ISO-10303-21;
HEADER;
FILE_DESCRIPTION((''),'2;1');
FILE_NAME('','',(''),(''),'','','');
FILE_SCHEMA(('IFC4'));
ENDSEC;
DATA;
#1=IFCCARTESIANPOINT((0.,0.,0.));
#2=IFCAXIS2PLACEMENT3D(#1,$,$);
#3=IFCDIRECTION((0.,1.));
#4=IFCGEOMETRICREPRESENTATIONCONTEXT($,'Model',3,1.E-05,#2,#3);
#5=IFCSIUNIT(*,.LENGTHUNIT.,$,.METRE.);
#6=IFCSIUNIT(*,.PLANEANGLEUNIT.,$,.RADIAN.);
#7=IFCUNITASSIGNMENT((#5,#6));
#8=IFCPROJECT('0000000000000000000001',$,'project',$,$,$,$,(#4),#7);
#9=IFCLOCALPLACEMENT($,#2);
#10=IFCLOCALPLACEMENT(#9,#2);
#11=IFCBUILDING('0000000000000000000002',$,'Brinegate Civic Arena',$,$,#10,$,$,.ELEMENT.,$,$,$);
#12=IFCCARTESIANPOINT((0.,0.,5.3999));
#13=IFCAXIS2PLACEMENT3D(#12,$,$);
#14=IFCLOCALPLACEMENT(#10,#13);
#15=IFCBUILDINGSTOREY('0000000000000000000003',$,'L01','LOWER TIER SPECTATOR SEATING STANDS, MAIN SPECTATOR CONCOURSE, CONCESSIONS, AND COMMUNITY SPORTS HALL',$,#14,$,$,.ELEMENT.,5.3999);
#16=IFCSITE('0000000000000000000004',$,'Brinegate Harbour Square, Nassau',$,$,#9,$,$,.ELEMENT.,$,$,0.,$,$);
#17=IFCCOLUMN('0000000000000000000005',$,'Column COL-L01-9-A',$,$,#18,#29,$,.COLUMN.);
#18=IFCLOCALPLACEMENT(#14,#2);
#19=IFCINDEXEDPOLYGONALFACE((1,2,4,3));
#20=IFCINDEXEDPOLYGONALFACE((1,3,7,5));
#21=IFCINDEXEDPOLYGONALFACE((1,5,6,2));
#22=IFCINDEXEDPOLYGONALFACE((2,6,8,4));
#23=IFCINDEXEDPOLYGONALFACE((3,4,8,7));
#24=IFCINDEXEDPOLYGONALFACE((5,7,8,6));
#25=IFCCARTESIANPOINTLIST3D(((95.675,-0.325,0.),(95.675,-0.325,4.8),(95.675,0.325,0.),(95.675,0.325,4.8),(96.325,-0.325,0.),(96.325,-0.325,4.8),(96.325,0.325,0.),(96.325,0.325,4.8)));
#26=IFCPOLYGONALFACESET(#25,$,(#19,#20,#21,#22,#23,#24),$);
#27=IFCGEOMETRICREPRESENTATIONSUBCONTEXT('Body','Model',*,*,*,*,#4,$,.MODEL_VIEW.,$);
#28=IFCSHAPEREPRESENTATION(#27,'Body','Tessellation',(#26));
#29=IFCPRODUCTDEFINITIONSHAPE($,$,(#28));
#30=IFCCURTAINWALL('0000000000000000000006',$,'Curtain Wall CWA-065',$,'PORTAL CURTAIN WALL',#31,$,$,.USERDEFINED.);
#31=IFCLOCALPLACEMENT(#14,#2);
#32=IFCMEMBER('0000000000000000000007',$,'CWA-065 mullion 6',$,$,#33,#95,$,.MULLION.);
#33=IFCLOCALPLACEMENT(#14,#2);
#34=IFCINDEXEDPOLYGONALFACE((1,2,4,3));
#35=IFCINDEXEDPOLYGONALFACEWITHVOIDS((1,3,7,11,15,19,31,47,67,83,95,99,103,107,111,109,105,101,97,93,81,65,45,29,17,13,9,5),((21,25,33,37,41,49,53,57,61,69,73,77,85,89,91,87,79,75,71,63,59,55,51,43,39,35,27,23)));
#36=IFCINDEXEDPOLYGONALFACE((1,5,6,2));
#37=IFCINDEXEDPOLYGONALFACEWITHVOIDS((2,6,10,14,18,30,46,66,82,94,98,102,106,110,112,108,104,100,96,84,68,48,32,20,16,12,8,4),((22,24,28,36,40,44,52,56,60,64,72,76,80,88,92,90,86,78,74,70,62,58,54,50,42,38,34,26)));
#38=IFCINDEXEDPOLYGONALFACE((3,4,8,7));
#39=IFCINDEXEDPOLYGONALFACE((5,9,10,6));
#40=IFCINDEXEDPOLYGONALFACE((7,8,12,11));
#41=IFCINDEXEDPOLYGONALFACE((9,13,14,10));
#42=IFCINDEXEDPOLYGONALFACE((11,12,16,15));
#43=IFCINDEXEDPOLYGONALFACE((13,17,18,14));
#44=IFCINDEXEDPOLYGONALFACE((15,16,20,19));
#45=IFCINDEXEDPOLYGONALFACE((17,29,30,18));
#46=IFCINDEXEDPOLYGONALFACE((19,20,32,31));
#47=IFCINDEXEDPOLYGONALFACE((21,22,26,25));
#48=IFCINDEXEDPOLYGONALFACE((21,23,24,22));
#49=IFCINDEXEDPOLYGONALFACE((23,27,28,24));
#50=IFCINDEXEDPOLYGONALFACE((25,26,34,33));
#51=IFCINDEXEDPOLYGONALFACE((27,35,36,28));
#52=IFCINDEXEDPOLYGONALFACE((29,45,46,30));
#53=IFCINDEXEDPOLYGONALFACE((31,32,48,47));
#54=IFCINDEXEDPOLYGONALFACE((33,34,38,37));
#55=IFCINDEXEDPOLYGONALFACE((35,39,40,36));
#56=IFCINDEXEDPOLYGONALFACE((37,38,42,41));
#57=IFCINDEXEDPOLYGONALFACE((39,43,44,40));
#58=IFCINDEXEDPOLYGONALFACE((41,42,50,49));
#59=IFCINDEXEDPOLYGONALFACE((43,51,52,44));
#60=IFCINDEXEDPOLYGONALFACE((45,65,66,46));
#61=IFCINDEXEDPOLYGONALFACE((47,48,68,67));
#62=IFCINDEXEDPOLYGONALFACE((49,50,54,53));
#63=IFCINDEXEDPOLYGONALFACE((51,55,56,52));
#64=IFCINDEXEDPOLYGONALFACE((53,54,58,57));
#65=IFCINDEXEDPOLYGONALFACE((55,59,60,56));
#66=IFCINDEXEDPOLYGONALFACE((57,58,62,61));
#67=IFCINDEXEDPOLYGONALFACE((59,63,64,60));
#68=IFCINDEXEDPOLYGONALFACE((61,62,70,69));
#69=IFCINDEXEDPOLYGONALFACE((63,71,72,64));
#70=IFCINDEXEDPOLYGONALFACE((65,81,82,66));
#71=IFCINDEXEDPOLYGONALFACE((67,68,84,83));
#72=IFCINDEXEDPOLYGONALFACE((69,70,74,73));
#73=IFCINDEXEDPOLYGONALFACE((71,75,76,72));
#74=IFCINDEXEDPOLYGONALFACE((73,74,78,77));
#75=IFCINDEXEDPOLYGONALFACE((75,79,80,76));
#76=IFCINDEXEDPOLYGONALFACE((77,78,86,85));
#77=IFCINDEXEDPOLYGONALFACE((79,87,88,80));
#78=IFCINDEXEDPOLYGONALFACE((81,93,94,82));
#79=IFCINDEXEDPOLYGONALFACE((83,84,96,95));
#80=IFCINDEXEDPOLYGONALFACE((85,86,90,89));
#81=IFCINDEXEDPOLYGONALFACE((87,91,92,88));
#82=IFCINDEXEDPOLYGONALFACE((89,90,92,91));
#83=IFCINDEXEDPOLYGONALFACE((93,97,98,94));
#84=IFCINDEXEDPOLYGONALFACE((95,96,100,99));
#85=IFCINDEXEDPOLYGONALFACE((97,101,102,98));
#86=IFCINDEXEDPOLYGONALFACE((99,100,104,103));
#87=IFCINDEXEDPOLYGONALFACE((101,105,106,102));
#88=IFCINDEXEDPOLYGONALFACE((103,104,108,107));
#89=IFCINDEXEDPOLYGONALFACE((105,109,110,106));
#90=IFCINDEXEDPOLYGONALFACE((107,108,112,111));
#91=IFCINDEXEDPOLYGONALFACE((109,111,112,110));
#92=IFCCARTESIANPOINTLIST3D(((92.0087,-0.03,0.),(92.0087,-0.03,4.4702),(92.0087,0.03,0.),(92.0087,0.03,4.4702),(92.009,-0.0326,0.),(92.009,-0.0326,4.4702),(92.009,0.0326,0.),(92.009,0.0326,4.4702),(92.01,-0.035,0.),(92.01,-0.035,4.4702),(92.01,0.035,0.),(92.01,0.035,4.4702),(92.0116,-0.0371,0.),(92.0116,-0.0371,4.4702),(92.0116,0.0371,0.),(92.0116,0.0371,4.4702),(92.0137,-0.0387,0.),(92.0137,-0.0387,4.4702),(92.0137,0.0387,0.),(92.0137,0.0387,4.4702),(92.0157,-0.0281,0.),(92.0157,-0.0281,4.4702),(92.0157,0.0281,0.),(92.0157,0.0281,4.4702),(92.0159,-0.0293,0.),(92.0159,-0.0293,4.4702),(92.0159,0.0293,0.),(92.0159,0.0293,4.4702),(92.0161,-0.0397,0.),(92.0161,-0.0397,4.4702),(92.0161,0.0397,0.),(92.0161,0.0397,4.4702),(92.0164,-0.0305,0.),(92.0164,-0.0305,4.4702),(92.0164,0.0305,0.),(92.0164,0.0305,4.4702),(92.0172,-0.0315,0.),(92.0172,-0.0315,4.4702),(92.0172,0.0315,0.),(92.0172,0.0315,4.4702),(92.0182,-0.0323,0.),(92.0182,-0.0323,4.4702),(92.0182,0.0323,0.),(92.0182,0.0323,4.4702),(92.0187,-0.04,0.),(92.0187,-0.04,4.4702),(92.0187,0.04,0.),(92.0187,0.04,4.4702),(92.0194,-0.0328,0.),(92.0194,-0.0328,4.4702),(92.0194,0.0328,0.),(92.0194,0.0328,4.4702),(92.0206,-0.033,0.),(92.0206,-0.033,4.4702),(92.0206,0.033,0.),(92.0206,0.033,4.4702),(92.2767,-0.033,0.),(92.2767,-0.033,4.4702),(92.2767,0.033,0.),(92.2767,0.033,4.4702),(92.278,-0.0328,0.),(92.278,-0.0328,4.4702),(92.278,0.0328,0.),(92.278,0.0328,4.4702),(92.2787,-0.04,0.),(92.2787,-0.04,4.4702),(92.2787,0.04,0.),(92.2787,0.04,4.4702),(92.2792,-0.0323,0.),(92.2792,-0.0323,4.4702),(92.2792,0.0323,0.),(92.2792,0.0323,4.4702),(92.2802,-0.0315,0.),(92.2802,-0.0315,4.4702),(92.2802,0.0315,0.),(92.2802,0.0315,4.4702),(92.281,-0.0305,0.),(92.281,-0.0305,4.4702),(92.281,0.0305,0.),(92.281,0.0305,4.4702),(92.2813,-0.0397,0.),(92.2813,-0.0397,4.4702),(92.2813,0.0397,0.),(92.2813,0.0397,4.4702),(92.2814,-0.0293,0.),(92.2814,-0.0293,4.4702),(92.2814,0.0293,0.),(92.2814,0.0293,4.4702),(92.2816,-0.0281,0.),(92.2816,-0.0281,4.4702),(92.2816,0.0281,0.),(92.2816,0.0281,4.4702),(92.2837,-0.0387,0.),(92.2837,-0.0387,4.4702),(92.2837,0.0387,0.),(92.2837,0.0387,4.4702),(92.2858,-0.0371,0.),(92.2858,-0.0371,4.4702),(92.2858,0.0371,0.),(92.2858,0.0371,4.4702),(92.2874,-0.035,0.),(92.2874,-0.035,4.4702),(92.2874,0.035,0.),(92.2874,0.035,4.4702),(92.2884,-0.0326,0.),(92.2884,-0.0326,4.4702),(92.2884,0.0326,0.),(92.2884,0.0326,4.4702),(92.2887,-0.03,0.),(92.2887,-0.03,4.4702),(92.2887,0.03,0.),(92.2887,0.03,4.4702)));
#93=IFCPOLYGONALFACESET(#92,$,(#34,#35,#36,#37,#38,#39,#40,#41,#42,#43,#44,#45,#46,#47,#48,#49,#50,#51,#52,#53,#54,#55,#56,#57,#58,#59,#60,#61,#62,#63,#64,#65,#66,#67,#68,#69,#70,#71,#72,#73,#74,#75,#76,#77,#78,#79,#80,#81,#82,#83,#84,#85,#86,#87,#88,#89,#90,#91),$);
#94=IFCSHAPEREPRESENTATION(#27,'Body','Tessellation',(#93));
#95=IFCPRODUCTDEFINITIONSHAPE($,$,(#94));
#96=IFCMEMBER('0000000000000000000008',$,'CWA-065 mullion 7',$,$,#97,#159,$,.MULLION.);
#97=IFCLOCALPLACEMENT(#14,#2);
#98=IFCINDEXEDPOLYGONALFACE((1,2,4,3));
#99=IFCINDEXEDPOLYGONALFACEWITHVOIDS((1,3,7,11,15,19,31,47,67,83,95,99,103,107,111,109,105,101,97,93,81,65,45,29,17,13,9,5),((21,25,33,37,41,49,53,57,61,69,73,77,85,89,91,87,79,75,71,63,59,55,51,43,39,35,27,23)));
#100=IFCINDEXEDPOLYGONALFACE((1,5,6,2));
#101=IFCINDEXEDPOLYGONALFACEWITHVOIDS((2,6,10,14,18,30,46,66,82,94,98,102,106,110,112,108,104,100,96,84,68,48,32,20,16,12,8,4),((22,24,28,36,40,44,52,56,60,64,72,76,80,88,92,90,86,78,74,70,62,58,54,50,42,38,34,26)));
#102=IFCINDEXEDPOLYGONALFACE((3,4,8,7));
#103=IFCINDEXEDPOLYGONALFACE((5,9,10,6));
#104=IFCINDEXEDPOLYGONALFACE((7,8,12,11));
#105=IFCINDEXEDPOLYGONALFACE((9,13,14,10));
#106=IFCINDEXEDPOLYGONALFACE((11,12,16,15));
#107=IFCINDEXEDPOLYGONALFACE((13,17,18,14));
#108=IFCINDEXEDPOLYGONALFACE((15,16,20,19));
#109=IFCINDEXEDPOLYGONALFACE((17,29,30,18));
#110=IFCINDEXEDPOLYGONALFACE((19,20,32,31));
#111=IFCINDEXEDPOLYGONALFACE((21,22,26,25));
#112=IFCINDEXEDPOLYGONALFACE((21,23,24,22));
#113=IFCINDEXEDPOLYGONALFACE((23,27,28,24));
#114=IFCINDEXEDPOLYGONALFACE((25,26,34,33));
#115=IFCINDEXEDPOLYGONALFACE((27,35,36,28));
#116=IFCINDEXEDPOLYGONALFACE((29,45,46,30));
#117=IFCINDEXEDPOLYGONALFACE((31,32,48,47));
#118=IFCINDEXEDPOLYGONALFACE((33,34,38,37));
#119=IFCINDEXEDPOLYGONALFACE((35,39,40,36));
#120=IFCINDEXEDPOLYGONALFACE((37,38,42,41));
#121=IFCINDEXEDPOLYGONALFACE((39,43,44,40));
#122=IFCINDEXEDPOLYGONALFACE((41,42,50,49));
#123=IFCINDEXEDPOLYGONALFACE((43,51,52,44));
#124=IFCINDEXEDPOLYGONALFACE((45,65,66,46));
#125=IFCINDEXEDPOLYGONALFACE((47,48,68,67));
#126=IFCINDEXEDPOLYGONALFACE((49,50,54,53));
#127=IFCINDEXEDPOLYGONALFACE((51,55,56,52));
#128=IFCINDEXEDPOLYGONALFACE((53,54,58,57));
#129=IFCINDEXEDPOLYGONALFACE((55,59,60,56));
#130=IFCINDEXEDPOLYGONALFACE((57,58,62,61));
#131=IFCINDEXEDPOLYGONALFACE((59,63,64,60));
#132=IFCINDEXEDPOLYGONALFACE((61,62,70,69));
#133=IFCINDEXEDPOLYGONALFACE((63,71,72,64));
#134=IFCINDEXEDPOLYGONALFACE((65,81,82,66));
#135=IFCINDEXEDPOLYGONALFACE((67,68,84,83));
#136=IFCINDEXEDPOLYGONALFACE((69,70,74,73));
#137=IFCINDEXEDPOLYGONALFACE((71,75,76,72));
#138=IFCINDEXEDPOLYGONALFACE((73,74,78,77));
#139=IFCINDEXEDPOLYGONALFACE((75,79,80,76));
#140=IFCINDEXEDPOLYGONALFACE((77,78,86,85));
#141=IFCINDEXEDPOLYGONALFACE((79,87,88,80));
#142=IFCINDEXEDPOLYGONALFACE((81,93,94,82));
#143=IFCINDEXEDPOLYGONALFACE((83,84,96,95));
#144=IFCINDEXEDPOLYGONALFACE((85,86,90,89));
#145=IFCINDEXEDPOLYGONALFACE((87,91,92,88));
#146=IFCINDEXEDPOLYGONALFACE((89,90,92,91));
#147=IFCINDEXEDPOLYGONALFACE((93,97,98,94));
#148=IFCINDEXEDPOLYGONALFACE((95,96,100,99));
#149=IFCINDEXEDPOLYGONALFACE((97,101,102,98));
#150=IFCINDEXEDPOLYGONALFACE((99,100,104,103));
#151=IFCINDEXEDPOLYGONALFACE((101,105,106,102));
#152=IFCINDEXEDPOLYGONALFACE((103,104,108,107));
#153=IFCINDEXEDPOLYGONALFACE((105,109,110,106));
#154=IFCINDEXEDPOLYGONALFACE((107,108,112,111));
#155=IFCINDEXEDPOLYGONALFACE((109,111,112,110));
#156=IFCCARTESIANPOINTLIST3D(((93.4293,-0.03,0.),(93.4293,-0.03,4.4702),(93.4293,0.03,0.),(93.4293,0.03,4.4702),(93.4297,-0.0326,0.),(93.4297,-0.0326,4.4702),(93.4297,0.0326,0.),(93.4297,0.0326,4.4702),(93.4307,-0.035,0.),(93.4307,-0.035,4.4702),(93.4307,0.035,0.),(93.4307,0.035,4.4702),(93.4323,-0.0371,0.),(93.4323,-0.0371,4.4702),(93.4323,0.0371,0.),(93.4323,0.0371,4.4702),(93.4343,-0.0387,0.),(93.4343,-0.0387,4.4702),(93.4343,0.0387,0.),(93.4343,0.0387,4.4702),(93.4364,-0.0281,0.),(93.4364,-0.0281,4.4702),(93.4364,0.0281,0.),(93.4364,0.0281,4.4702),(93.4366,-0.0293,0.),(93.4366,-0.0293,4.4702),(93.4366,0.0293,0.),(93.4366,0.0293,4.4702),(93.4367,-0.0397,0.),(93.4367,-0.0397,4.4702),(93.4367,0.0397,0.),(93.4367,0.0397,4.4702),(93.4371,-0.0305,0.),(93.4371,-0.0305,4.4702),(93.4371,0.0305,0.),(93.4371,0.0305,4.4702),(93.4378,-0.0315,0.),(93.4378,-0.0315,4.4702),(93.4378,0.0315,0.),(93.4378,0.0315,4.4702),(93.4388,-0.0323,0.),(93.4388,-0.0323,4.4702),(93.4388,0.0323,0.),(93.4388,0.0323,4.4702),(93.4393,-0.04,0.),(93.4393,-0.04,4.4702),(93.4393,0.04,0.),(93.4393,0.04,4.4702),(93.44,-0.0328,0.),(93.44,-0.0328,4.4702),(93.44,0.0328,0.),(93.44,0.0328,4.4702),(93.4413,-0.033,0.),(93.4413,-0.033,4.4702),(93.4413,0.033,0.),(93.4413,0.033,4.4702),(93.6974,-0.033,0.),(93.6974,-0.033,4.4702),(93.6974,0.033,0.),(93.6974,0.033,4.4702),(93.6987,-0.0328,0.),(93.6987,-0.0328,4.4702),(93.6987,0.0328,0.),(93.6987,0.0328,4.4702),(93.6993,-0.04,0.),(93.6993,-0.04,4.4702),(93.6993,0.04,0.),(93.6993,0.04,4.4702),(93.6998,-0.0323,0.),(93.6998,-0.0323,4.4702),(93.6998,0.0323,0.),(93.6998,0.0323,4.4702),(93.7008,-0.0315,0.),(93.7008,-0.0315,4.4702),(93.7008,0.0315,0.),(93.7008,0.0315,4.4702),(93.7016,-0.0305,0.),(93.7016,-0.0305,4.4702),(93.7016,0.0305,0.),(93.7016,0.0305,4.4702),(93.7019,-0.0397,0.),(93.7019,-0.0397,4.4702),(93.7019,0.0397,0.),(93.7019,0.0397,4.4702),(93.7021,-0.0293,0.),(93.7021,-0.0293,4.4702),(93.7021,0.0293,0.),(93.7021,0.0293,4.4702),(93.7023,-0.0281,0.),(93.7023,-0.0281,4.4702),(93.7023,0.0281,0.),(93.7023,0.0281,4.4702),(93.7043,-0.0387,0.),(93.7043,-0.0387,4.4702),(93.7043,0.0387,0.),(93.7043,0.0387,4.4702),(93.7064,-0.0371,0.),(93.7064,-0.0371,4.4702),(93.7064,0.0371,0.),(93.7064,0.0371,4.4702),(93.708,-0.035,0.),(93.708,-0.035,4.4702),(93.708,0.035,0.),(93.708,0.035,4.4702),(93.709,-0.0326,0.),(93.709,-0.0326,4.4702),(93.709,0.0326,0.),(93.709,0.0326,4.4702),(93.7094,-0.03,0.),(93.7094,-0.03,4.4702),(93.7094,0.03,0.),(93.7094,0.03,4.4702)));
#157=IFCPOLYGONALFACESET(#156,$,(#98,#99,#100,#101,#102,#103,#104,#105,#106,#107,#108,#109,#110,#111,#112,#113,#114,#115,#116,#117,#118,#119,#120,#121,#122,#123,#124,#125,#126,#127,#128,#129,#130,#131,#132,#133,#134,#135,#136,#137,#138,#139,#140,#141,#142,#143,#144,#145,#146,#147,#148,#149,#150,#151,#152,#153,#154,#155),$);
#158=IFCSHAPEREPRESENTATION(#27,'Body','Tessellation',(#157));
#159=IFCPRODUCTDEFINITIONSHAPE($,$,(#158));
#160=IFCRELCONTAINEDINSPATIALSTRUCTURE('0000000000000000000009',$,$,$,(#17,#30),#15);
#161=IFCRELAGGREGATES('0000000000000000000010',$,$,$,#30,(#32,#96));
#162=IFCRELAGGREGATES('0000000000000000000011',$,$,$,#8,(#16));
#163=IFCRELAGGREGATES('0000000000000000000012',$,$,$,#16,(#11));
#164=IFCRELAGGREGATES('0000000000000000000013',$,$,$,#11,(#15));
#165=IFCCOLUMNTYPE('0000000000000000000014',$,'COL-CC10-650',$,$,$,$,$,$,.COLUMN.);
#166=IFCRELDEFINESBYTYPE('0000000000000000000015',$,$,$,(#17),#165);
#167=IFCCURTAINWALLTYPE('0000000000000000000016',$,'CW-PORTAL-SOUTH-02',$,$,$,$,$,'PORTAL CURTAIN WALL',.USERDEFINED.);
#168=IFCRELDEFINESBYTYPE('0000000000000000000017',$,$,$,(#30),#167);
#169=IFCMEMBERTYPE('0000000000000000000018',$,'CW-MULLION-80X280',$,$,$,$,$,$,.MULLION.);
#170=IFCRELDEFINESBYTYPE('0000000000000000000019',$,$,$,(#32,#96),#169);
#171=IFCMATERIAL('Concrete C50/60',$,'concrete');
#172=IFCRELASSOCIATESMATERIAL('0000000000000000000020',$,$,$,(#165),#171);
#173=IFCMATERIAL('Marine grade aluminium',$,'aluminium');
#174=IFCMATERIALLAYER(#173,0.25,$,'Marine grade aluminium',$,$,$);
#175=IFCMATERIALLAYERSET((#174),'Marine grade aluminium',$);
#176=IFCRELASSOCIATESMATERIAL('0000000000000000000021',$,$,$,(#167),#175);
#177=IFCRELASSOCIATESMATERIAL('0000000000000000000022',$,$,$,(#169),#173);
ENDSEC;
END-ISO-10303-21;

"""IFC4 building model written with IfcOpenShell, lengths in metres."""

from ifc_helpers import new_model, si_unit, direction, frame, origin, origin_2d, place, context, subcontext, project, spatial, rectangle, hollow_rectangle, extrude, material, layer, layer_set, material_profile, profile_set, type_object, element, aggregate, save


model = new_model("IFC4")

# Units and contexts
model_context = context("Model", 3, precision=1e-05, world=origin(), true_north=direction((0.0, 1.0)))
body_context = subcontext(model_context, "Body", "Model", "MODEL_VIEW")
ifc_project = project(units=[si_unit("LENGTHUNIT", "METRE"), si_unit("PLANEANGLEUNIT", "RADIAN")], contexts=[model_context])

# Site, building, storey
site_placement = place(None, origin())
site = spatial("IfcSite", under=ifc_project, at=site_placement, Name="Brinegate Harbour Square, Nassau", CompositionType="ELEMENT", RefElevation=0.0)
building_placement = place(site_placement, origin())
building = spatial("IfcBuilding", under=site, at=building_placement, Name="Brinegate Civic Arena", CompositionType="ELEMENT")
storey_placement = place(building_placement, frame((0.0, 0.0, 5.3999)))
storey = spatial("IfcBuildingStorey", under=building, at=storey_placement, Name="L01", Description="LOWER TIER SPECTATOR SEATING STANDS, MAIN SPECTATOR CONCOURSE, CONCESSIONS, AND COMMUNITY SPORTS HALL", CompositionType="ELEMENT", Elevation=5.3999)

# Column
ifc_material_1 = material(Name="Concrete C50/60", Category="concrete")
ifc_material_profile_1 = material_profile(ifc_material_1, rectangle(XDim=0.6499, YDim=0.6499, at=origin_2d()), Name="RC650X650")
ifc_profile_set_1 = profile_set([ifc_material_profile_1], Name="Concrete C50/60")
column_type = type_object("IfcColumnType", Name="COL-CC10-650", PredefinedType="COLUMN", material=ifc_profile_set_1)
column_placement = place(storey_placement, frame((96.0, 0.0, 0.0), z_axis=(0.0, 0.0, 1.0), x_axis=(1.0, 0.0, 0.0)))
element("IfcColumn", 1, at=column_placement, inside=storey, type_object=column_type, Name="Column COL-L01-9-A", PredefinedType="COLUMN", context=body_context, shape_type="SweptSolid", body=[
    extrude(rectangle(XDim=0.6499, YDim=0.6499, at=origin_2d()), origin(), (0.0, 0.0, 1.0), 4.8),
])

# Curtain wall, members
ifc_material_2 = material(Name="Marine grade aluminium", Category="aluminium")
ifc_layer_1 = layer(ifc_material_2, 0.25, Name="Marine grade aluminium")
ifc_layer_set_1 = layer_set([ifc_layer_1], Name="Marine grade aluminium")
curtain_wall_type = type_object("IfcCurtainWallType", Name="CW-PORTAL-SOUTH-02", ElementType="PORTAL CURTAIN WALL", PredefinedType="USERDEFINED", material=ifc_layer_set_1)
curtain_wall_placement = place(storey_placement, origin())
curtain_wall = element("IfcCurtainWall", 2, at=curtain_wall_placement, inside=storey, type_object=curtain_wall_type, Name="Curtain Wall CWA-065", ObjectType="PORTAL CURTAIN WALL", PredefinedType="USERDEFINED")
ifc_material_profile_2 = material_profile(ifc_material_2, hollow_rectangle(XDim=0.0801, YDim=0.28, WallThickness=0.0071, InnerFilletRadius=0.0049, OuterFilletRadius=0.01, at=origin_2d()), Name="MUL80X280")
ifc_profile_set_2 = profile_set([ifc_material_profile_2], Name="Marine grade aluminium")
member_type_1 = type_object("IfcMemberType", Name="CW-MULLION-80X280", PredefinedType="MULLION", material=ifc_profile_set_2)
member_1_placement = place(storey_placement, frame((92.1487, 0.0, 0.0), z_axis=(0.0, 0.0, 1.0), x_axis=(0.0, 1.0, 0.0)))
member_1 = element("IfcMember", 3, at=member_1_placement, type_object=member_type_1, Name="CWA-065 mullion 6", PredefinedType="MULLION", context=body_context, shape_type="SweptSolid", body=[
    extrude(hollow_rectangle(XDim=0.0801, YDim=0.28, WallThickness=0.0071, InnerFilletRadius=0.0049, OuterFilletRadius=0.01, at=origin_2d()), origin(), (0.0, 0.0, 1.0), 4.4702),
])
member_2_placement = place(storey_placement, frame((93.5693, 0.0, 0.0), z_axis=(0.0, 0.0, 1.0), x_axis=(0.0, 1.0, 0.0)))
member_2 = element("IfcMember", 4, at=member_2_placement, type_object=member_type_1, Name="CWA-065 mullion 7", PredefinedType="MULLION", context=body_context, shape_type="SweptSolid", body=[
    extrude(hollow_rectangle(XDim=0.0801, YDim=0.28, WallThickness=0.0071, InnerFilletRadius=0.0049, OuterFilletRadius=0.01, at=origin_2d()), origin(), (0.0, 0.0, 1.0), 4.4702),
])

aggregate(curtain_wall, [member_1, member_2])

save(model, "model.ifc")
